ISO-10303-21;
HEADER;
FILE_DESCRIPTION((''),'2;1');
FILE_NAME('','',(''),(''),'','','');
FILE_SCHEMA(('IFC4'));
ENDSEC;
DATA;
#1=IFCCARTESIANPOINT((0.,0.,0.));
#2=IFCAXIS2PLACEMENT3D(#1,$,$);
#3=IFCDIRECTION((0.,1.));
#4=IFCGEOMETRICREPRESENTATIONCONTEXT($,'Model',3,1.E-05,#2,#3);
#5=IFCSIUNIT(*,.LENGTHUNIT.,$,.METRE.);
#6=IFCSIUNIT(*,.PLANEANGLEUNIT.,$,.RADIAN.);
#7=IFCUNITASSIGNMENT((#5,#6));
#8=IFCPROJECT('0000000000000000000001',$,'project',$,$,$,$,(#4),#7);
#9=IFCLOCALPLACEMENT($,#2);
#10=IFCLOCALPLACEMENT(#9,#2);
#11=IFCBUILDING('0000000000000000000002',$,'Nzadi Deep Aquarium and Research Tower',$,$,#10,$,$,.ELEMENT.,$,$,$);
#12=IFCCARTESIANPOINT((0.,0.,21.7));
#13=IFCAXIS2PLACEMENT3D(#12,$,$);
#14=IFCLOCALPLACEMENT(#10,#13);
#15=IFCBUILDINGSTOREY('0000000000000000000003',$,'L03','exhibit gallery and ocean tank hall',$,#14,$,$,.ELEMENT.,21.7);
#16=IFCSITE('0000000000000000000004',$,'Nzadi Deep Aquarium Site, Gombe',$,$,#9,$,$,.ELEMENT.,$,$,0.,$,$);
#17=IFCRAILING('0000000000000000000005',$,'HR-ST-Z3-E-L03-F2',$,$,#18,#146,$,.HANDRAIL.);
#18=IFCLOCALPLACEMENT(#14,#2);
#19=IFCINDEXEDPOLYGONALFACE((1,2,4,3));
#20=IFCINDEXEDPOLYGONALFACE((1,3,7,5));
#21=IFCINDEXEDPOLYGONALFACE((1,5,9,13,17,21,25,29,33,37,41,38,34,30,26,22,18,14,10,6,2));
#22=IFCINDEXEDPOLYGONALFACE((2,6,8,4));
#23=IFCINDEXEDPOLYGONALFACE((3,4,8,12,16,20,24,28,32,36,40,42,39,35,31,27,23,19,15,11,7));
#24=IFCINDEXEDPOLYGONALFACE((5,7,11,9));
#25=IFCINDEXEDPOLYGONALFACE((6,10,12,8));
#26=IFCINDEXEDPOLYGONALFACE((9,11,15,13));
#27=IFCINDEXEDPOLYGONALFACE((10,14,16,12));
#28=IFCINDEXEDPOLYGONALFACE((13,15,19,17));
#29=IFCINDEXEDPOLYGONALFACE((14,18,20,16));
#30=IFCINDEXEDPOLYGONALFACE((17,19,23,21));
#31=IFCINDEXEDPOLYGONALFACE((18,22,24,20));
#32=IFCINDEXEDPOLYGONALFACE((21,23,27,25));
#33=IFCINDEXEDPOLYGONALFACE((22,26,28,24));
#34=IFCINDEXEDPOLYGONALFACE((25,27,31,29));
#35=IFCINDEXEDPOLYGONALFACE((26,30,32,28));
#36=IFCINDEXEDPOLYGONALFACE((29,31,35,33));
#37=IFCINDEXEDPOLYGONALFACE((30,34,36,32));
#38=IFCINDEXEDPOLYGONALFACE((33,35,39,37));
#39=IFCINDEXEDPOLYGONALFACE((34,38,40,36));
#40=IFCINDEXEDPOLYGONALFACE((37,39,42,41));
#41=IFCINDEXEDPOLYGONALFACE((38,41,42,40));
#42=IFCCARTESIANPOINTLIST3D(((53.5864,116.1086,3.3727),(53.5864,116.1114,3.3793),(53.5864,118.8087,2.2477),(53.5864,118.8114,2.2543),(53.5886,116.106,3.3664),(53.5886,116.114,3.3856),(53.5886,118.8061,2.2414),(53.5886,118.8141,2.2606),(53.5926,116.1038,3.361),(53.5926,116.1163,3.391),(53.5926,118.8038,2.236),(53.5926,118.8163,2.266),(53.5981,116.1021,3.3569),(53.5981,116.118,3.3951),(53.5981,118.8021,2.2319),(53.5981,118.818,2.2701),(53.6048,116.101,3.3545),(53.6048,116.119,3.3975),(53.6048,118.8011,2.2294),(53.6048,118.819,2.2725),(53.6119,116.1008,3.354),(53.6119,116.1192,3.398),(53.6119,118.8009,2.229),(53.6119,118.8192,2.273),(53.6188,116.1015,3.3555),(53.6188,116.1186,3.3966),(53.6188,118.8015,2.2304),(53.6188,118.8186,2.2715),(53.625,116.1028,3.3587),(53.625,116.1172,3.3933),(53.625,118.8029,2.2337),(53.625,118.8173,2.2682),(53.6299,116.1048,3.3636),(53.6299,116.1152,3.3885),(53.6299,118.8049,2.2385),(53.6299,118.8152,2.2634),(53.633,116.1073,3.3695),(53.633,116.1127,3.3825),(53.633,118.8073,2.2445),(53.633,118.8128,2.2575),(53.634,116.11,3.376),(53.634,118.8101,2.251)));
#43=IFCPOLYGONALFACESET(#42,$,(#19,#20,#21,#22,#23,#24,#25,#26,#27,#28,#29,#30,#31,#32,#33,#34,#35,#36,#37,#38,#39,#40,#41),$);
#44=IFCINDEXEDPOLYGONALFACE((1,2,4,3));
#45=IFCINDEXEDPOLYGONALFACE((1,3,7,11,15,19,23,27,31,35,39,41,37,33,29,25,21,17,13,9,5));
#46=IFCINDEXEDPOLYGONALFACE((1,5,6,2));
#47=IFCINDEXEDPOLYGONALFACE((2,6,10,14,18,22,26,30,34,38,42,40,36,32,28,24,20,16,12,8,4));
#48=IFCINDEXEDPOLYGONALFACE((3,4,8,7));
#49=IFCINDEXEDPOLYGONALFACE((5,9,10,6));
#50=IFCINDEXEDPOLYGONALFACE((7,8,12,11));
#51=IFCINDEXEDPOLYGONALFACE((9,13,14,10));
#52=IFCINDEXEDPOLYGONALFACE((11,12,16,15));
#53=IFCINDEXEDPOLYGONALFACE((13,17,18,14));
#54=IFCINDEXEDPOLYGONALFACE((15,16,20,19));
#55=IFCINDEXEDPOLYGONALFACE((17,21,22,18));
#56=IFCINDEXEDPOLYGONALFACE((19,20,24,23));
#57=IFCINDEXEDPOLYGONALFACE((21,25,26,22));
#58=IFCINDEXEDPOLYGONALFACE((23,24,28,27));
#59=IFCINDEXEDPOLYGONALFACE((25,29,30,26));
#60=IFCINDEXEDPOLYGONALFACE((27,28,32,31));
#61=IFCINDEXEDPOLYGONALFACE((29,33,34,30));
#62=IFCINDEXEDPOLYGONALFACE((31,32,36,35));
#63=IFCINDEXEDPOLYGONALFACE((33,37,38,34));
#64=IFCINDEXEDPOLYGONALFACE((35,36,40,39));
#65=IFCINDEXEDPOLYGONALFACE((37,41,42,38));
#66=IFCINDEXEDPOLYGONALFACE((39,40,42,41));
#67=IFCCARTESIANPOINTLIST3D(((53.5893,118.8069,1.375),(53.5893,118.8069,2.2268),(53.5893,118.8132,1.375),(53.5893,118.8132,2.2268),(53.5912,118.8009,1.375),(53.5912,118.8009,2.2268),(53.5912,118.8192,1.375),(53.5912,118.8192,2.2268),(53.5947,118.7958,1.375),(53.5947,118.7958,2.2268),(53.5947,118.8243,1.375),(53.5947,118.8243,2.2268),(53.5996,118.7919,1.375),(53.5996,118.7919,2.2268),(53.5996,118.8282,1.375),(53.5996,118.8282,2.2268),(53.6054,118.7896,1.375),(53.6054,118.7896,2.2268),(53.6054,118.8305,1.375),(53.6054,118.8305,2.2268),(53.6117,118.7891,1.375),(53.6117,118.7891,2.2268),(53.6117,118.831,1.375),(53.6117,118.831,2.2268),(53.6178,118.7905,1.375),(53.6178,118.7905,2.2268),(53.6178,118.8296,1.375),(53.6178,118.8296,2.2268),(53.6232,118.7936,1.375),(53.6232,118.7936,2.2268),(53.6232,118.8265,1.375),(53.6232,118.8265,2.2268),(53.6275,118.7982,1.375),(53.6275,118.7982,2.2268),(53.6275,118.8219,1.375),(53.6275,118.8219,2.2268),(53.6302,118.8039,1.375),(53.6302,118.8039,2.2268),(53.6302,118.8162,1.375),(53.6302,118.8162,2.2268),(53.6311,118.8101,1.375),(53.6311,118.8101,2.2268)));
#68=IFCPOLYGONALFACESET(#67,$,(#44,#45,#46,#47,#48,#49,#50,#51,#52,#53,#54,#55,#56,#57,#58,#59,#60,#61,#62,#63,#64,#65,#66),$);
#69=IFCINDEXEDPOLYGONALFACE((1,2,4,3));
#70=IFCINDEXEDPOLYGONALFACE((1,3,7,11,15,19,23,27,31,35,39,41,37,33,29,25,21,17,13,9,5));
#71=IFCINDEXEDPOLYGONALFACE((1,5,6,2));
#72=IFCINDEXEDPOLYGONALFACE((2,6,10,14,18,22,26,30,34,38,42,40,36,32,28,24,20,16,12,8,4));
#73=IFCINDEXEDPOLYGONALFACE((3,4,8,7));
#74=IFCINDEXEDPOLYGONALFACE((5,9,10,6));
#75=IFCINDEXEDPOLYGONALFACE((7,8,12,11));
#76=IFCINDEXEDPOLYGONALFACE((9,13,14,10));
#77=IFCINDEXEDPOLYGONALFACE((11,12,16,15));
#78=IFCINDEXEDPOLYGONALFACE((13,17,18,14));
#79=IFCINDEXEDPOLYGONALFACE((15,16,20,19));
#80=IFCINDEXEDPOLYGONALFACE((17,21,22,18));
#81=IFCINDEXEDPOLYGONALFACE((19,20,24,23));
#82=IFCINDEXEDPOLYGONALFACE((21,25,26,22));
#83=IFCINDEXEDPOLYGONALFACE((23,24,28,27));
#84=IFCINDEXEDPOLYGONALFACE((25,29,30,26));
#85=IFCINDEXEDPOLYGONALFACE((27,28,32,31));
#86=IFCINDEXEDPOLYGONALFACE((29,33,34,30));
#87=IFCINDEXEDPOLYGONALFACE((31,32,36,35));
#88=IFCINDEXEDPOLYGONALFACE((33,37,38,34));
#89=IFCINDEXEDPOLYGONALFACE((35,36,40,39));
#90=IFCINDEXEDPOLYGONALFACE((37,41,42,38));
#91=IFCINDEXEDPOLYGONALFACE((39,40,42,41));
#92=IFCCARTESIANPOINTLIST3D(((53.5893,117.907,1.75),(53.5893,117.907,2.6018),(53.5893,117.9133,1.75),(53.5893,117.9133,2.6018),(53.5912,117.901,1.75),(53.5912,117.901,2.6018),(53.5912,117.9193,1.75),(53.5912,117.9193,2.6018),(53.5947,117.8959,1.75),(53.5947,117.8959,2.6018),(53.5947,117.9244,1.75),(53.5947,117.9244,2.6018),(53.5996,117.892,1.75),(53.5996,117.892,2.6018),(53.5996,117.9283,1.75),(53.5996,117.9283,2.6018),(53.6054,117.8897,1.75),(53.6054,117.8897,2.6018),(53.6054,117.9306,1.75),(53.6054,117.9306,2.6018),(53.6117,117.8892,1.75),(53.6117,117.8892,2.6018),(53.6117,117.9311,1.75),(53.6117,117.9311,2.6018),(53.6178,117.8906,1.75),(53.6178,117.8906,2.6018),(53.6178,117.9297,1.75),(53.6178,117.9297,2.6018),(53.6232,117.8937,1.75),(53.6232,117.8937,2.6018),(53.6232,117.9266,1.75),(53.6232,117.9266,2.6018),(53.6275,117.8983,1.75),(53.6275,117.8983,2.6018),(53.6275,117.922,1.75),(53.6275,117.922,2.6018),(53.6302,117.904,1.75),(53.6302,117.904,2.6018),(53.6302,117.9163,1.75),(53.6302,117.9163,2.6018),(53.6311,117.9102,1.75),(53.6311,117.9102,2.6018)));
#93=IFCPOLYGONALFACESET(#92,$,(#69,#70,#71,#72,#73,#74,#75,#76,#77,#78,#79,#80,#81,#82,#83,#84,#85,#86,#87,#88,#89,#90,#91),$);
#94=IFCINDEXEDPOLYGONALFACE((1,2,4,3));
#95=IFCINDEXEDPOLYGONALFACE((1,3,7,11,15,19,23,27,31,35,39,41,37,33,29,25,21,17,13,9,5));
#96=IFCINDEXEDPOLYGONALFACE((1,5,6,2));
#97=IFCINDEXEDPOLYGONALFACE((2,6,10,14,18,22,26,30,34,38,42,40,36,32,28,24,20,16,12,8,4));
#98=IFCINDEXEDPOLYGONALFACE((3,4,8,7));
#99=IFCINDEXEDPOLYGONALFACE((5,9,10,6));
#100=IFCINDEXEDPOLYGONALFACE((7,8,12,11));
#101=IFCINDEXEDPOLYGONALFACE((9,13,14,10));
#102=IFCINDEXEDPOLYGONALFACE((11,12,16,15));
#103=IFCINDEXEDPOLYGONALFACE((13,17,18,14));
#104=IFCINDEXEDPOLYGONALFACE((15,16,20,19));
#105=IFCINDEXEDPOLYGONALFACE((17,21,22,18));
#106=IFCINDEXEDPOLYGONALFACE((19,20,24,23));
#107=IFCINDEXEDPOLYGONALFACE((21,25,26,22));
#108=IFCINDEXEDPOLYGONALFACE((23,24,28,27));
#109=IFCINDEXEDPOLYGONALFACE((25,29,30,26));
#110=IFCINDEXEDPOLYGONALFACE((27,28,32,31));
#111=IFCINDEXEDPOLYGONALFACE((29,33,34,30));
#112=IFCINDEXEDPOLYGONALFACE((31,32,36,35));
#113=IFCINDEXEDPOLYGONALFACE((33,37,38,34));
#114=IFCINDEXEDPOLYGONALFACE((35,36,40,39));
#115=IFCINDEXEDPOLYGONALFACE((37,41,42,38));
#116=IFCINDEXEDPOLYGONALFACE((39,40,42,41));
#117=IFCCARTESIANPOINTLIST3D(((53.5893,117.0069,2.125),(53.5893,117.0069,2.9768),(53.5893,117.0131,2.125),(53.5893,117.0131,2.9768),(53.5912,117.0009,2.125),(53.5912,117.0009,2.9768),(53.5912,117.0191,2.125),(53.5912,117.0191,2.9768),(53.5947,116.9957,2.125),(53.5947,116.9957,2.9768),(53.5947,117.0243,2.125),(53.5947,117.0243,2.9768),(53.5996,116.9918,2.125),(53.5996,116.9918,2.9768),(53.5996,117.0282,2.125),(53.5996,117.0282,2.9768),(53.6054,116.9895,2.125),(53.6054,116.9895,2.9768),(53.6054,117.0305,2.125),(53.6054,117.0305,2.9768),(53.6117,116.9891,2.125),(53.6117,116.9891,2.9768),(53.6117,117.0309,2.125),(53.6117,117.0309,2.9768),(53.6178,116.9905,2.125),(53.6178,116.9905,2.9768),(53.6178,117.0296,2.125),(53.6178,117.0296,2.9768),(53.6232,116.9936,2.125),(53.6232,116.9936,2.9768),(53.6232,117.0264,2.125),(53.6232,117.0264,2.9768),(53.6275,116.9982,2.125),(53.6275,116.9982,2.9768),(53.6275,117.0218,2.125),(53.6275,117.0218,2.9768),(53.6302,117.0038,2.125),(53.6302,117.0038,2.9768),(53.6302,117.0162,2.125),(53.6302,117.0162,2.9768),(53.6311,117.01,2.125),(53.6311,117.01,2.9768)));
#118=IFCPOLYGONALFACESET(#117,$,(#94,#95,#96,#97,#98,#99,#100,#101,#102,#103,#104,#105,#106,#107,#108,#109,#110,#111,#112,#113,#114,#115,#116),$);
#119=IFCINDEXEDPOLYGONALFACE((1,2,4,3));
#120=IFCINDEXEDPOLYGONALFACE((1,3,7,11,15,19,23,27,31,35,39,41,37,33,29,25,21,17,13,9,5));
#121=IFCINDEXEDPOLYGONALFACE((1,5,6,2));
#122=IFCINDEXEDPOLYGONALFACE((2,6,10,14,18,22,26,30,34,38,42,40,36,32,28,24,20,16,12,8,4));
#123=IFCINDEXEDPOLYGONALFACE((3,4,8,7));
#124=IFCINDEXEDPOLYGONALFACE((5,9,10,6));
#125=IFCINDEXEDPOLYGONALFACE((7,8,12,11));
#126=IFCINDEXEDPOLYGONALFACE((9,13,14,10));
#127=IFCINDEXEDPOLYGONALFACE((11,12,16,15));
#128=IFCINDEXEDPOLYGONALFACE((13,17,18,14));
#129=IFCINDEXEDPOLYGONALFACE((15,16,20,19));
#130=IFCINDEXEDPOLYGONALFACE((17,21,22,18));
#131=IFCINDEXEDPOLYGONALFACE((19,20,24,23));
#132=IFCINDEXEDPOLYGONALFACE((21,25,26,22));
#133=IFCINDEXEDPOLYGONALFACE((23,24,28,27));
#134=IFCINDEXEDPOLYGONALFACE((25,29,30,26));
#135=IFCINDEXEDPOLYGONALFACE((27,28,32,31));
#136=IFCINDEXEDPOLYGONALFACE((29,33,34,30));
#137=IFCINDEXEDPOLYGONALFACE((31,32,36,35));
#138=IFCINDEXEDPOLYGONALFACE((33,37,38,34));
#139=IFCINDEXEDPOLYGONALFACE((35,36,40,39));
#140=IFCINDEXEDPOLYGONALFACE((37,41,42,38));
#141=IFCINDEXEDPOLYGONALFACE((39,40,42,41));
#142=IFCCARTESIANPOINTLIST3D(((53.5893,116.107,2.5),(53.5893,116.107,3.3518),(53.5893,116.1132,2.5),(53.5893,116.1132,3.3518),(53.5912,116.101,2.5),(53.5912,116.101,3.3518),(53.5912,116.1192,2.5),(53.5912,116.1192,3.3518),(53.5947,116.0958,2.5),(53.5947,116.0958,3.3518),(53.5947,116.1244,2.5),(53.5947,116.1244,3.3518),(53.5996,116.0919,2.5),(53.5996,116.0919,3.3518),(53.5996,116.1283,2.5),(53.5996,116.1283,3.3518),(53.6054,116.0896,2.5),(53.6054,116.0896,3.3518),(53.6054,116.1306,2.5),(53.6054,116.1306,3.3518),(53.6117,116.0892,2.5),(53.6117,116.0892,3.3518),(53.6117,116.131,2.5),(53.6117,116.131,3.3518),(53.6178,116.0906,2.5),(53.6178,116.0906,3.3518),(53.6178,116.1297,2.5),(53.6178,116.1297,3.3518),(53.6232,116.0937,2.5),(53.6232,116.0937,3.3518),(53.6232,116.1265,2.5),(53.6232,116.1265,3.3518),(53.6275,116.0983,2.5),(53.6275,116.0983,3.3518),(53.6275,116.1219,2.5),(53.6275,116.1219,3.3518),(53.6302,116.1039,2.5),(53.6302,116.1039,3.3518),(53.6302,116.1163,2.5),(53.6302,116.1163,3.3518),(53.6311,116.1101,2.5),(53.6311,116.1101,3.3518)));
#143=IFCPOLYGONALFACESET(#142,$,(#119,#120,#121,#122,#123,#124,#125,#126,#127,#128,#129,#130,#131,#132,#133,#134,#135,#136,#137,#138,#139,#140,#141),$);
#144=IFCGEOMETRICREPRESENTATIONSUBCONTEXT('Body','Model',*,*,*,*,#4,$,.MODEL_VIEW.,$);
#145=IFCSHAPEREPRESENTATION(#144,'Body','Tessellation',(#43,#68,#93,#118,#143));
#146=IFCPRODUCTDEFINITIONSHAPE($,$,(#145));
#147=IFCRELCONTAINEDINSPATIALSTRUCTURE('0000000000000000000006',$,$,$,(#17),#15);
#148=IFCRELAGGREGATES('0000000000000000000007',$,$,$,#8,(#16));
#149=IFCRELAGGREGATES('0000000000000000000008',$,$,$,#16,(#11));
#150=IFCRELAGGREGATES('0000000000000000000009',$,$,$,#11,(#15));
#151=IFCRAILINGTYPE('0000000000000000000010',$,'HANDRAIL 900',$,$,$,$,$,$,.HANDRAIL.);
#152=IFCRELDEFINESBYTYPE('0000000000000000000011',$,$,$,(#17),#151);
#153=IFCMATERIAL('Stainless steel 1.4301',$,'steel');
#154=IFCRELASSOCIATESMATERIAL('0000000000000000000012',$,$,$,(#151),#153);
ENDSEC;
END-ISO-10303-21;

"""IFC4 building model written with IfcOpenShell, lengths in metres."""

from ifc_helpers import new_model, si_unit, direction, frame, origin, origin_2d, place, context, subcontext, project, spatial, circle, extrude, material, type_object, element, save


model = new_model("IFC4")

# Units and contexts
model_context = context("Model", 3, precision=1e-05, world=origin(), true_north=direction((0.0, 1.0)))
body_context = subcontext(model_context, "Body", "Model", "MODEL_VIEW")
ifc_project = project(units=[si_unit("LENGTHUNIT", "METRE"), si_unit("PLANEANGLEUNIT", "RADIAN")], contexts=[model_context])

# Site, building, storey
site_placement = place(None, origin())
site = spatial("IfcSite", under=ifc_project, at=site_placement, Name="Nzadi Deep Aquarium Site, Gombe", CompositionType="ELEMENT", RefElevation=0.0)
building_placement = place(site_placement, origin())
building = spatial("IfcBuilding", under=site, at=building_placement, Name="Nzadi Deep Aquarium and Research Tower", CompositionType="ELEMENT")
storey_placement = place(building_placement, frame((0.0, 0.0, 21.7)))
storey = spatial("IfcBuildingStorey", under=building, at=storey_placement, Name="L03", Description="exhibit gallery and ocean tank hall", CompositionType="ELEMENT", Elevation=21.7)

# Railing
ifc_material_1 = material(Name="Stainless steel 1.4301", Category="steel")
railing_type = type_object("IfcRailingType", Name="HANDRAIL 900", PredefinedType="HANDRAIL", material=ifc_material_1)
for number, where, name in (
    (1, (53.6101, 118.8101, 1.375), "HR-ST-Z3-E-L03-F2"),
):
    element("IfcRailing", number, at=place(storey_placement, frame(where)), inside=storey, type_object=railing_type, Name=name, PredefinedType="HANDRAIL", context=body_context, shape_type="SweptSolid", body=[
        extrude(circle(Radius=0.0239, at=origin_2d()), frame((0.0, 0.0, 0.876), z_axis=(0.0, -0.923074, 0.384621), x_axis=(1.0, 0.0, 0.0)), (0.0, 0.0, 1.0), 2.925),
        extrude(circle(Radius=0.021, at=origin_2d()), origin(), (0.0, 0.0, 1.0), 0.8518),
        extrude(circle(Radius=0.021, at=origin_2d()), frame((0.0, -0.8999, 0.375)), (0.0, 0.0, 1.0), 0.8518),
        extrude(circle(Radius=0.021, at=origin_2d()), frame((0.0, -1.8, 0.75)), (0.0, 0.0, 1.0), 0.8518),
        extrude(circle(Radius=0.021, at=origin_2d()), frame((0.0, -2.7, 1.125)), (0.0, 0.0, 1.0), 0.8518),
    ])

save(model, "model.ifc")
